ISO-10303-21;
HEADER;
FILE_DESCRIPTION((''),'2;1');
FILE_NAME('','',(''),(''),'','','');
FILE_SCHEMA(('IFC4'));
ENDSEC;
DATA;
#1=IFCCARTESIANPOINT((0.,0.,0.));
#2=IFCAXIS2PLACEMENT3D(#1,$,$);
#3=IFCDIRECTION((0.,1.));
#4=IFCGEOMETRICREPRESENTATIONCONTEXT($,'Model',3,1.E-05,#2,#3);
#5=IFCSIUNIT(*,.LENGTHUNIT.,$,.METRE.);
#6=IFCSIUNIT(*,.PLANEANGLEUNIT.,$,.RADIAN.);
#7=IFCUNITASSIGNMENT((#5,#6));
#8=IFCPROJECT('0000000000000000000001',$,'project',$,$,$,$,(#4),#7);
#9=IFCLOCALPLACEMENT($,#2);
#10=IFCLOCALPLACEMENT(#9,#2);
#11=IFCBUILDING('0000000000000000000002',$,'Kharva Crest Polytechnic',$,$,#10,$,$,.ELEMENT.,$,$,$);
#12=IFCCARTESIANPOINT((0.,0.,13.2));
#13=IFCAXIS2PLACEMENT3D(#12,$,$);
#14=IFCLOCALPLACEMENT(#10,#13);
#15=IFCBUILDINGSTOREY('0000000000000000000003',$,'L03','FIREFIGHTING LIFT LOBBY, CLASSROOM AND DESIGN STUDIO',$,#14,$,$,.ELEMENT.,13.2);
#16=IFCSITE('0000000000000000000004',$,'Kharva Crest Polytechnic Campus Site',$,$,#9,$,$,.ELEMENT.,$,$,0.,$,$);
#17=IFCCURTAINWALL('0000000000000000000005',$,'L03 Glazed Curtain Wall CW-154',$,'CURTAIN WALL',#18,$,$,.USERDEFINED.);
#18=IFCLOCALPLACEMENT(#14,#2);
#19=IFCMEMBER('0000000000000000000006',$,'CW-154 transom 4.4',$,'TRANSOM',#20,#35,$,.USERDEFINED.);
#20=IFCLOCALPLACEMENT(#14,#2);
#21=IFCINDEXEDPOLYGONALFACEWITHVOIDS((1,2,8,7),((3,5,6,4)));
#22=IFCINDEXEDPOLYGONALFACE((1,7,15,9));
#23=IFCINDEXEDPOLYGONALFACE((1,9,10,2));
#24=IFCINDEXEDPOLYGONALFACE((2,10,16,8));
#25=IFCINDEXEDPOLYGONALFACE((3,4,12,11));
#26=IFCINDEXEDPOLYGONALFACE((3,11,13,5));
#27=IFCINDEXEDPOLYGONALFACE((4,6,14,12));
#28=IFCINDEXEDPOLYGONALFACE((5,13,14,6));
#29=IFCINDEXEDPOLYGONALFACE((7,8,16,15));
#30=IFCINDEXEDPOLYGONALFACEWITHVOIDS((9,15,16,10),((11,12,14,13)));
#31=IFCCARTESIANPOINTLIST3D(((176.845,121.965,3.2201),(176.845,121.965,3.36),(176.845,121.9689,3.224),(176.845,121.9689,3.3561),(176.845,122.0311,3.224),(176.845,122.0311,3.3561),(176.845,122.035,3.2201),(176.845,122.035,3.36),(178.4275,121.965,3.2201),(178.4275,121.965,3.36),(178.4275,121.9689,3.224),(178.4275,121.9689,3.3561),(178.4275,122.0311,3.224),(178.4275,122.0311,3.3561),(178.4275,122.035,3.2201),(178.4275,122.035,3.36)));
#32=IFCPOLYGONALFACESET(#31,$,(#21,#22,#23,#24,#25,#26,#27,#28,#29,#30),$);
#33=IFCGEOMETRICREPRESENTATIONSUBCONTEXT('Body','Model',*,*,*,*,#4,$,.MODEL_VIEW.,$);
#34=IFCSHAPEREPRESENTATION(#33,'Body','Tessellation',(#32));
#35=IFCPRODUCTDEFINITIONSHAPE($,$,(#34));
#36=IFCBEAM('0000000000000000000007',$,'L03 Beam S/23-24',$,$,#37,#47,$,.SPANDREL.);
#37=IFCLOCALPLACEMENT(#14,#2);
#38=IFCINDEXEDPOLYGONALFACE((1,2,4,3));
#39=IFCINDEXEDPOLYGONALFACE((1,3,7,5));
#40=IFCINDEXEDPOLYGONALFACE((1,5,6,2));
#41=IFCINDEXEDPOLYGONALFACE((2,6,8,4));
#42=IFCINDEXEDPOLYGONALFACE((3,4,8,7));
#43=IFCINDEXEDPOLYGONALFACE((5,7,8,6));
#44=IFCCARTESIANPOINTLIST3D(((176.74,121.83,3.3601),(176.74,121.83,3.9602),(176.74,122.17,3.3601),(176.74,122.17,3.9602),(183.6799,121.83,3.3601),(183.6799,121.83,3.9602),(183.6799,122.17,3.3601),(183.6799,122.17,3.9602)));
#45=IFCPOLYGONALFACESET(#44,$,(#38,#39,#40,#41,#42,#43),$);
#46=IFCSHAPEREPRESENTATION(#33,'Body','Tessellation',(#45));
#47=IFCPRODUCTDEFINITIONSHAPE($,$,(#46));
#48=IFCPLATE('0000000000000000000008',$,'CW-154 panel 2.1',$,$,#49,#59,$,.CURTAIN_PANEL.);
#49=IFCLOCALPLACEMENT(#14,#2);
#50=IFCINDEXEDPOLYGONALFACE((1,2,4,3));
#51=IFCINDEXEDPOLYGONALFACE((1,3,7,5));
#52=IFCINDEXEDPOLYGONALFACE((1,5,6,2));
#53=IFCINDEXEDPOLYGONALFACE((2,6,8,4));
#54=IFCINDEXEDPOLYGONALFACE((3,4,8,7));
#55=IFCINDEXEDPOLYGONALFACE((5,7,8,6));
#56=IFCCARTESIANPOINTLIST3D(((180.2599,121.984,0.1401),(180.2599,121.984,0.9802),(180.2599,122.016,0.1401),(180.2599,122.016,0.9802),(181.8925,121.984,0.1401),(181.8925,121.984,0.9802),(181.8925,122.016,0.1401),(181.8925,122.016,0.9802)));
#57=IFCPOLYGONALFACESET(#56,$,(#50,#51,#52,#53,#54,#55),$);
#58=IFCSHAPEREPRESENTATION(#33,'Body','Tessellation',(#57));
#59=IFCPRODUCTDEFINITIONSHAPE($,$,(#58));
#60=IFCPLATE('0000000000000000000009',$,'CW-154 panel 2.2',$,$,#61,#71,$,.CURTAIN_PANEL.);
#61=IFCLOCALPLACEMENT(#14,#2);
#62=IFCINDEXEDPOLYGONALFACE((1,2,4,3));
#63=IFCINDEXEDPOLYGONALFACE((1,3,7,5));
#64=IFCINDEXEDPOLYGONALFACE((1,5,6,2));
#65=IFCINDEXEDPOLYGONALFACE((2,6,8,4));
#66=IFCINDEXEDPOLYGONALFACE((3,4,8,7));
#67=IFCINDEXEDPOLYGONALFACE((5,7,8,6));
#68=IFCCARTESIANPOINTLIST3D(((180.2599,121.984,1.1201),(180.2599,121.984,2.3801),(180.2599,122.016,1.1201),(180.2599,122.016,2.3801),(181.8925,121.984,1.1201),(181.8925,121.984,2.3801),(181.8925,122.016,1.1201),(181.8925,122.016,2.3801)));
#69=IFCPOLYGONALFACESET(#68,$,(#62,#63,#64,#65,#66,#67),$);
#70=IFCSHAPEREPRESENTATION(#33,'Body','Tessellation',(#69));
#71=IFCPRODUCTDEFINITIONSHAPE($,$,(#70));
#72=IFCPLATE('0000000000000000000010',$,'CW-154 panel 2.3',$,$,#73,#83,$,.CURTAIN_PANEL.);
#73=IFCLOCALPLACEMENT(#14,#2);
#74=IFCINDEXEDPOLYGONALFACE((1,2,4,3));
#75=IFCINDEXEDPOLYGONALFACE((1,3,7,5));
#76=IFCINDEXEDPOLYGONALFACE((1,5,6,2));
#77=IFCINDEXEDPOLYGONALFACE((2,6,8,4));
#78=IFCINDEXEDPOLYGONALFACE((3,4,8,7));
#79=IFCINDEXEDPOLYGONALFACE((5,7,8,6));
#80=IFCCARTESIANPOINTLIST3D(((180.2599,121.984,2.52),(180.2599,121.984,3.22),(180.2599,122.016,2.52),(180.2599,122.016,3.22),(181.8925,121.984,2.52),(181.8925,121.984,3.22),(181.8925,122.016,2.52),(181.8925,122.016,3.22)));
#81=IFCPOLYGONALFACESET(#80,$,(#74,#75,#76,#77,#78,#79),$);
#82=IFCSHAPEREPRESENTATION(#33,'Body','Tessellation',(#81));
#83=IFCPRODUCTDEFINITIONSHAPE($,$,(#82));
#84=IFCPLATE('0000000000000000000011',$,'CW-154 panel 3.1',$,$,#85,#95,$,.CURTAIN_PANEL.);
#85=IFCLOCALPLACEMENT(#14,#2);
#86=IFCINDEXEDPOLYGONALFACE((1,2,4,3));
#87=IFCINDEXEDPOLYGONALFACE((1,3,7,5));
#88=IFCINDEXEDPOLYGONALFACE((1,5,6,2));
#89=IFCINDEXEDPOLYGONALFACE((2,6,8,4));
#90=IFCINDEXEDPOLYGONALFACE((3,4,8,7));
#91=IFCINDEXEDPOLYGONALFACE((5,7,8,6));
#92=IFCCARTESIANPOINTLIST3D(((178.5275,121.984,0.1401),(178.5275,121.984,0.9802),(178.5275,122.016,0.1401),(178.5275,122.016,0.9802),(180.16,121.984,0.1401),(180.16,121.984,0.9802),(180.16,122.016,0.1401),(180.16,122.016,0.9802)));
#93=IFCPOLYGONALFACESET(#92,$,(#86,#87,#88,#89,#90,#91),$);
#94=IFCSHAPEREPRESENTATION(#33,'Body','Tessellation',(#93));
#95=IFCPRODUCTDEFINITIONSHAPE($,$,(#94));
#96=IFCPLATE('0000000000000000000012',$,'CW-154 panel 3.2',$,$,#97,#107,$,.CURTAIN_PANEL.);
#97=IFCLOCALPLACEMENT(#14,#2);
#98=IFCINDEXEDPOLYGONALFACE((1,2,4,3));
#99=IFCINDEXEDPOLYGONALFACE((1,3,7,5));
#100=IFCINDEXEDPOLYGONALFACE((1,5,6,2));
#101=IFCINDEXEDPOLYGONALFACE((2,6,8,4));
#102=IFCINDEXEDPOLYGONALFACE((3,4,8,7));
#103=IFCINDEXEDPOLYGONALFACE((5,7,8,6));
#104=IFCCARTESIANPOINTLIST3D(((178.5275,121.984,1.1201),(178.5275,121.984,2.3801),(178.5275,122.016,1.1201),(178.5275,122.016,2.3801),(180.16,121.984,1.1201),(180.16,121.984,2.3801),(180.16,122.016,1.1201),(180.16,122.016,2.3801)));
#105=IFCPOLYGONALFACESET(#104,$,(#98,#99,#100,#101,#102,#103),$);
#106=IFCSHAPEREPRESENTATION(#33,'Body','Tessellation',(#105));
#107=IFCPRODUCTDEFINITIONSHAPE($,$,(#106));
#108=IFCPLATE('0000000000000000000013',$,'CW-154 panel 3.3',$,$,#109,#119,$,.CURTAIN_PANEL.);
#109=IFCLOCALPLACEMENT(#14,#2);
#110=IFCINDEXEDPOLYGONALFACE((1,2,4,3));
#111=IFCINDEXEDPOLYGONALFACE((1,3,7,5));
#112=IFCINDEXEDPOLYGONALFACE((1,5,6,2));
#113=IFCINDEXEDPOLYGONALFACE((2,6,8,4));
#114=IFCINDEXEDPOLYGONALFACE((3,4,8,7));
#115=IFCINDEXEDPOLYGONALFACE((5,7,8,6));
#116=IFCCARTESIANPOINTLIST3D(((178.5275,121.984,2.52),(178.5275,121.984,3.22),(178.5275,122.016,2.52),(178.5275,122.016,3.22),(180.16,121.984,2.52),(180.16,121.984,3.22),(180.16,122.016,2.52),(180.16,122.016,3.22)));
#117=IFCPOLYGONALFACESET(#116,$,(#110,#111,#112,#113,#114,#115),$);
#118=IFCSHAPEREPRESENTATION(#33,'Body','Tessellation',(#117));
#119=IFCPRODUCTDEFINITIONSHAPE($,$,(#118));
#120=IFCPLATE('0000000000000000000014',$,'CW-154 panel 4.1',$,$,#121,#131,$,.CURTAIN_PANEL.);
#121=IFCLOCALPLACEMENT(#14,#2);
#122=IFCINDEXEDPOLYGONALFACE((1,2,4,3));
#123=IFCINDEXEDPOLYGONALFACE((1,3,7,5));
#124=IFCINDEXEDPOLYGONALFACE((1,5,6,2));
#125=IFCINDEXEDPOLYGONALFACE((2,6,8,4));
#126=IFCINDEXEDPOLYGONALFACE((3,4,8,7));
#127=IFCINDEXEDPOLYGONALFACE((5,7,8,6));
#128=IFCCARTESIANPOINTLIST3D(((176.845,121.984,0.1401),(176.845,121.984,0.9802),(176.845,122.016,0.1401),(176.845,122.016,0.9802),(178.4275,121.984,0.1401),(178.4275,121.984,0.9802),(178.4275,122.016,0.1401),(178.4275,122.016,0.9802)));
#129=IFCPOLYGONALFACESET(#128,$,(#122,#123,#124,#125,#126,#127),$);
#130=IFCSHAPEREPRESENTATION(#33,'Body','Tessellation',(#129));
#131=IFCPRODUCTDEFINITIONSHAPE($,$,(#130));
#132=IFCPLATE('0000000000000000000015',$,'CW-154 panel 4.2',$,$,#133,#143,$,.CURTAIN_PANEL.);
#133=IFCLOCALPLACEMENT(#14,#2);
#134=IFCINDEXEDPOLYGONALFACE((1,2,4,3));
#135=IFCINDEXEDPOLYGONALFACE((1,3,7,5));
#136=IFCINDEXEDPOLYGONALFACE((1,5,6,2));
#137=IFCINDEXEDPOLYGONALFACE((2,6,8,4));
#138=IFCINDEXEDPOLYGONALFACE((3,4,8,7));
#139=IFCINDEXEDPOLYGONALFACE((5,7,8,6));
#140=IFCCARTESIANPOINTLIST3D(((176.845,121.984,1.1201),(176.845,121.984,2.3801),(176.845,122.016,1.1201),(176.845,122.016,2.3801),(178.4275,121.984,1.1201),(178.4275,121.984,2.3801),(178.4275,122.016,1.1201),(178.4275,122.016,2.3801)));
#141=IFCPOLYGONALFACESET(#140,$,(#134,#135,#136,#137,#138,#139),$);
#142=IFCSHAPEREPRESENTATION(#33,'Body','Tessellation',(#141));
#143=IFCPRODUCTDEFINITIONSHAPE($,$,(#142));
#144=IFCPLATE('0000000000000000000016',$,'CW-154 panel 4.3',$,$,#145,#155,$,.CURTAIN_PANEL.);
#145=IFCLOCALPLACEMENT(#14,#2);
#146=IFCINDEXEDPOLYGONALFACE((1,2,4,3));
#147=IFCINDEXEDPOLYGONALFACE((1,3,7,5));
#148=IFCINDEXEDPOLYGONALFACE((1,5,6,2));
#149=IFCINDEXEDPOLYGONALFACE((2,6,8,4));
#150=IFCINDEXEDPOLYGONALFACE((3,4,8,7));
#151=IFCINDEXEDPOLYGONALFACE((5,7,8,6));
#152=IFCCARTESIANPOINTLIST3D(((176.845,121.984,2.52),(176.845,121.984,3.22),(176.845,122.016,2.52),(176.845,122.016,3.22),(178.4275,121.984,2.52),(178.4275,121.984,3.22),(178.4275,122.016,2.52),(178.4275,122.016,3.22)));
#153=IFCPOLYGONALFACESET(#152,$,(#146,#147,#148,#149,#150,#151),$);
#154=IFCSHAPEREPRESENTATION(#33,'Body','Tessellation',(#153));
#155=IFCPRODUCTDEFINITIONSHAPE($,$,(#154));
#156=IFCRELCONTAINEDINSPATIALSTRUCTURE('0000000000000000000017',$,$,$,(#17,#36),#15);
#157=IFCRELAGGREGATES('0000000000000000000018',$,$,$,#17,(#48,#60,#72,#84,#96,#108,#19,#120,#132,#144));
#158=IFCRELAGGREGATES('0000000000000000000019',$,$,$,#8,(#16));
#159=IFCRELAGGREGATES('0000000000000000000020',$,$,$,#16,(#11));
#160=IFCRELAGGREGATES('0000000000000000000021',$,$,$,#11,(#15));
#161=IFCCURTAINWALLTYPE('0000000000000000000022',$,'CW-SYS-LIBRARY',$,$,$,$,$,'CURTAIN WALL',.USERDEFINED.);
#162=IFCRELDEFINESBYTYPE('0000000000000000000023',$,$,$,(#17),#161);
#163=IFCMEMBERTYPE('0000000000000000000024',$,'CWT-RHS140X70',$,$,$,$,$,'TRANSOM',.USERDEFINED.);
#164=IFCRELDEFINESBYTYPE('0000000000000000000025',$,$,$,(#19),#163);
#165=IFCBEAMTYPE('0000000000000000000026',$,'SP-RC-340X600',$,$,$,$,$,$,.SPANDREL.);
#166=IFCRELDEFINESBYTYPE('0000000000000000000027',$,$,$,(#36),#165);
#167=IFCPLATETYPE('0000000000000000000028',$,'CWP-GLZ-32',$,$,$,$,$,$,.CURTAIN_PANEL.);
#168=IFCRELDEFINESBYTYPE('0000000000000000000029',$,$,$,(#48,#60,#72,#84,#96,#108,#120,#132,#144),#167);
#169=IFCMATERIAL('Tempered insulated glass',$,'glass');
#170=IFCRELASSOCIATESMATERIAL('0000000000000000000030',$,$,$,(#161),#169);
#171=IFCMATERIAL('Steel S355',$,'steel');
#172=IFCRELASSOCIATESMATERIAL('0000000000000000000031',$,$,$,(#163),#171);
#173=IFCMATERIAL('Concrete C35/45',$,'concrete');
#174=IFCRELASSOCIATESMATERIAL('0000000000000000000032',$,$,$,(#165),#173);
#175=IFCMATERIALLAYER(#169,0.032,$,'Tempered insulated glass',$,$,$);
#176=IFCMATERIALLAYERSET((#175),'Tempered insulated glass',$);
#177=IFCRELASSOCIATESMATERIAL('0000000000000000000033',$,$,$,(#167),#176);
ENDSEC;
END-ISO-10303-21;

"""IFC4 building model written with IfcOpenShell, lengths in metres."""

from ifc_helpers import new_model, si_unit, direction, frame, origin, origin_2d, place, context, subcontext, project, spatial, rectangle, hollow_rectangle, extrude, material, layer, layer_set, material_profile, profile_set, type_object, element, aggregate, save


model = new_model("IFC4")

# Units and contexts
model_context = context("Model", 3, precision=1e-05, world=origin(), true_north=direction((0.0, 1.0)))
body_context = subcontext(model_context, "Body", "Model", "MODEL_VIEW")
ifc_project = project(units=[si_unit("LENGTHUNIT", "METRE"), si_unit("PLANEANGLEUNIT", "RADIAN")], contexts=[model_context])

# Site, building, storey
site_placement = place(None, origin())
site = spatial("IfcSite", under=ifc_project, at=site_placement, Name="Kharva Crest Polytechnic Campus Site", CompositionType="ELEMENT", RefElevation=0.0)
building_placement = place(site_placement, origin())
building = spatial("IfcBuilding", under=site, at=building_placement, Name="Kharva Crest Polytechnic", CompositionType="ELEMENT")
storey_placement = place(building_placement, frame((0.0, 0.0, 13.2)))
storey = spatial("IfcBuildingStorey", under=building, at=storey_placement, Name="L03", Description="FIREFIGHTING LIFT LOBBY, CLASSROOM AND DESIGN STUDIO", CompositionType="ELEMENT", Elevation=13.2)

# Shared definitions
ifc_material_1 = material(Name="Concrete C35/45", Category="concrete")

# Curtain wall, member
ifc_material_2 = material(Name="Tempered insulated glass", Category="glass")
curtain_wall_type = type_object("IfcCurtainWallType", Name="CW-SYS-LIBRARY", ElementType="CURTAIN WALL", PredefinedType="USERDEFINED", material=ifc_material_2)
curtain_wall_placement = place(storey_placement, origin())
curtain_wall = element("IfcCurtainWall", 1, at=curtain_wall_placement, inside=storey, type_object=curtain_wall_type, Name="L03 Glazed Curtain Wall CW-154", ObjectType="CURTAIN WALL", PredefinedType="USERDEFINED")
ifc_material_3 = material(Name="Steel S355", Category="steel")
ifc_material_profile_1 = material_profile(ifc_material_3, hollow_rectangle(XDim=0.0701, YDim=0.1399, WallThickness=0.0039, at=origin_2d()), Name="RHS 140X70X4.0")
ifc_profile_set_1 = profile_set([ifc_material_profile_1], Name="Steel S355")
member_type_1 = type_object("IfcMemberType", Name="CWT-RHS140X70", ElementType="TRANSOM", PredefinedType="USERDEFINED", material=ifc_profile_set_1)
member_1_placement = place(storey_placement, frame((178.4275, 122.0, 3.29), z_axis=(-1.0, 0.0, 0.0), x_axis=(0.0, -1.0, 0.0)))
member_1 = element("IfcMember", 2, at=member_1_placement, type_object=member_type_1, Name="CW-154 transom 4.4", ObjectType="TRANSOM", PredefinedType="USERDEFINED", context=body_context, shape_type="SweptSolid", body=[
    extrude(hollow_rectangle(XDim=0.0701, YDim=0.1399, WallThickness=0.0039, at=origin_2d()), origin(), (0.0, 0.0, 1.0), 1.5825),
])

# Beam
ifc_material_profile_2 = material_profile(ifc_material_1, rectangle(XDim=0.3401, YDim=0.6001, at=origin_2d()), Name="RECT 340 X 600")
ifc_profile_set_2 = profile_set([ifc_material_profile_2], Name="Concrete C35/45")
beam_type_1 = type_object("IfcBeamType", Name="SP-RC-340X600", PredefinedType="SPANDREL", material=ifc_profile_set_2)
beam_1_placement = place(storey_placement, frame((176.74, 122.0, 3.6602), z_axis=(1.0, 0.0, 0.0), x_axis=(0.0, 1.0, 0.0)))
element("IfcBeam", 3, at=beam_1_placement, inside=storey, type_object=beam_type_1, Name="L03 Beam S/23-24", PredefinedType="SPANDREL", context=body_context, shape_type="SweptSolid", body=[
    extrude(rectangle(XDim=0.3401, YDim=0.6001, at=origin_2d()), origin(), (0.0, 0.0, 1.0), 6.9399),
])

# Plates
ifc_layer = layer(ifc_material_2, 0.032, Name="Tempered insulated glass")
ifc_layer_set = layer_set([ifc_layer], Name="Tempered insulated glass")
plate_type = type_object("IfcPlateType", Name="CWP-GLZ-32", PredefinedType="CURTAIN_PANEL", material=ifc_layer_set)
plate_1_placement = place(storey_placement, frame((181.0762, 122.0, 0.1401), z_axis=(0.0, 0.0, 1.0), x_axis=(-1.0, 0.0, 0.0)))
plate_1 = element("IfcPlate", 4, at=plate_1_placement, type_object=plate_type, Name="CW-154 panel 2.1", PredefinedType="CURTAIN_PANEL", context=body_context, shape_type="SweptSolid", body=[
    extrude(rectangle(XDim=1.6326, YDim=0.032, at=origin_2d()), origin(), (0.0, 0.0, 1.0), 0.8401),
])
plate_2_placement = place(storey_placement, frame((181.0762, 122.0, 1.1201), z_axis=(0.0, 0.0, 1.0), x_axis=(-1.0, 0.0, 0.0)))
plate_2 = element("IfcPlate", 5, at=plate_2_placement, type_object=plate_type, Name="CW-154 panel 2.2", PredefinedType="CURTAIN_PANEL", context=body_context, shape_type="SweptSolid", body=[
    extrude(rectangle(XDim=1.6326, YDim=0.032, at=origin_2d()), origin(), (0.0, 0.0, 1.0), 1.26),
])
plate_3_placement = place(storey_placement, frame((181.0762, 122.0, 2.52), z_axis=(0.0, 0.0, 1.0), x_axis=(-1.0, 0.0, 0.0)))
plate_3 = element("IfcPlate", 6, at=plate_3_placement, type_object=plate_type, Name="CW-154 panel 2.3", PredefinedType="CURTAIN_PANEL", context=body_context, shape_type="SweptSolid", body=[
    extrude(rectangle(XDim=1.6326, YDim=0.032, at=origin_2d()), origin(), (0.0, 0.0, 1.0), 0.7),
])
plate_4_placement = place(storey_placement, frame((179.3438, 122.0, 0.1401), z_axis=(0.0, 0.0, 1.0), x_axis=(-1.0, 0.0, 0.0)))
plate_4 = element("IfcPlate", 7, at=plate_4_placement, type_object=plate_type, Name="CW-154 panel 3.1", PredefinedType="CURTAIN_PANEL", context=body_context, shape_type="SweptSolid", body=[
    extrude(rectangle(XDim=1.6326, YDim=0.032, at=origin_2d()), origin(), (0.0, 0.0, 1.0), 0.8401),
])
plate_5_placement = place(storey_placement, frame((179.3438, 122.0, 1.1201), z_axis=(0.0, 0.0, 1.0), x_axis=(-1.0, 0.0, 0.0)))
plate_5 = element("IfcPlate", 8, at=plate_5_placement, type_object=plate_type, Name="CW-154 panel 3.2", PredefinedType="CURTAIN_PANEL", context=body_context, shape_type="SweptSolid", body=[
    extrude(rectangle(XDim=1.6326, YDim=0.032, at=origin_2d()), origin(), (0.0, 0.0, 1.0), 1.26),
])
plate_6_placement = place(storey_placement, frame((179.3438, 122.0, 2.52), z_axis=(0.0, 0.0, 1.0), x_axis=(-1.0, 0.0, 0.0)))
plate_6 = element("IfcPlate", 9, at=plate_6_placement, type_object=plate_type, Name="CW-154 panel 3.3", PredefinedType="CURTAIN_PANEL", context=body_context, shape_type="SweptSolid", body=[
    extrude(rectangle(XDim=1.6326, YDim=0.032, at=origin_2d()), origin(), (0.0, 0.0, 1.0), 0.7),
])
plate_7_placement = place(storey_placement, frame((177.6362, 122.0, 0.1401), z_axis=(0.0, 0.0, 1.0), x_axis=(-1.0, 0.0, 0.0)))
plate_7 = element("IfcPlate", 10, at=plate_7_placement, type_object=plate_type, Name="CW-154 panel 4.1", PredefinedType="CURTAIN_PANEL", context=body_context, shape_type="SweptSolid", body=[
    extrude(rectangle(XDim=1.5825, YDim=0.032, at=origin_2d()), origin(), (0.0, 0.0, 1.0), 0.8401),
])
plate_8_placement = place(storey_placement, frame((177.6362, 122.0, 1.1201), z_axis=(0.0, 0.0, 1.0), x_axis=(-1.0, 0.0, 0.0)))
plate_8 = element("IfcPlate", 11, at=plate_8_placement, type_object=plate_type, Name="CW-154 panel 4.2", PredefinedType="CURTAIN_PANEL", context=body_context, shape_type="SweptSolid", body=[
    extrude(rectangle(XDim=1.5825, YDim=0.032, at=origin_2d()), origin(), (0.0, 0.0, 1.0), 1.26),
])
plate_9_placement = place(storey_placement, frame((177.6362, 122.0, 2.52), z_axis=(0.0, 0.0, 1.0), x_axis=(-1.0, 0.0, 0.0)))
plate_9 = element("IfcPlate", 12, at=plate_9_placement, type_object=plate_type, Name="CW-154 panel 4.3", PredefinedType="CURTAIN_PANEL", context=body_context, shape_type="SweptSolid", body=[
    extrude(rectangle(XDim=1.5825, YDim=0.032, at=origin_2d()), origin(), (0.0, 0.0, 1.0), 0.7),
])
aggregate(curtain_wall, [plate_1, plate_2, plate_3, plate_4, plate_5, plate_6, member_1, plate_7, plate_8, plate_9])

save(model, "model.ifc")
